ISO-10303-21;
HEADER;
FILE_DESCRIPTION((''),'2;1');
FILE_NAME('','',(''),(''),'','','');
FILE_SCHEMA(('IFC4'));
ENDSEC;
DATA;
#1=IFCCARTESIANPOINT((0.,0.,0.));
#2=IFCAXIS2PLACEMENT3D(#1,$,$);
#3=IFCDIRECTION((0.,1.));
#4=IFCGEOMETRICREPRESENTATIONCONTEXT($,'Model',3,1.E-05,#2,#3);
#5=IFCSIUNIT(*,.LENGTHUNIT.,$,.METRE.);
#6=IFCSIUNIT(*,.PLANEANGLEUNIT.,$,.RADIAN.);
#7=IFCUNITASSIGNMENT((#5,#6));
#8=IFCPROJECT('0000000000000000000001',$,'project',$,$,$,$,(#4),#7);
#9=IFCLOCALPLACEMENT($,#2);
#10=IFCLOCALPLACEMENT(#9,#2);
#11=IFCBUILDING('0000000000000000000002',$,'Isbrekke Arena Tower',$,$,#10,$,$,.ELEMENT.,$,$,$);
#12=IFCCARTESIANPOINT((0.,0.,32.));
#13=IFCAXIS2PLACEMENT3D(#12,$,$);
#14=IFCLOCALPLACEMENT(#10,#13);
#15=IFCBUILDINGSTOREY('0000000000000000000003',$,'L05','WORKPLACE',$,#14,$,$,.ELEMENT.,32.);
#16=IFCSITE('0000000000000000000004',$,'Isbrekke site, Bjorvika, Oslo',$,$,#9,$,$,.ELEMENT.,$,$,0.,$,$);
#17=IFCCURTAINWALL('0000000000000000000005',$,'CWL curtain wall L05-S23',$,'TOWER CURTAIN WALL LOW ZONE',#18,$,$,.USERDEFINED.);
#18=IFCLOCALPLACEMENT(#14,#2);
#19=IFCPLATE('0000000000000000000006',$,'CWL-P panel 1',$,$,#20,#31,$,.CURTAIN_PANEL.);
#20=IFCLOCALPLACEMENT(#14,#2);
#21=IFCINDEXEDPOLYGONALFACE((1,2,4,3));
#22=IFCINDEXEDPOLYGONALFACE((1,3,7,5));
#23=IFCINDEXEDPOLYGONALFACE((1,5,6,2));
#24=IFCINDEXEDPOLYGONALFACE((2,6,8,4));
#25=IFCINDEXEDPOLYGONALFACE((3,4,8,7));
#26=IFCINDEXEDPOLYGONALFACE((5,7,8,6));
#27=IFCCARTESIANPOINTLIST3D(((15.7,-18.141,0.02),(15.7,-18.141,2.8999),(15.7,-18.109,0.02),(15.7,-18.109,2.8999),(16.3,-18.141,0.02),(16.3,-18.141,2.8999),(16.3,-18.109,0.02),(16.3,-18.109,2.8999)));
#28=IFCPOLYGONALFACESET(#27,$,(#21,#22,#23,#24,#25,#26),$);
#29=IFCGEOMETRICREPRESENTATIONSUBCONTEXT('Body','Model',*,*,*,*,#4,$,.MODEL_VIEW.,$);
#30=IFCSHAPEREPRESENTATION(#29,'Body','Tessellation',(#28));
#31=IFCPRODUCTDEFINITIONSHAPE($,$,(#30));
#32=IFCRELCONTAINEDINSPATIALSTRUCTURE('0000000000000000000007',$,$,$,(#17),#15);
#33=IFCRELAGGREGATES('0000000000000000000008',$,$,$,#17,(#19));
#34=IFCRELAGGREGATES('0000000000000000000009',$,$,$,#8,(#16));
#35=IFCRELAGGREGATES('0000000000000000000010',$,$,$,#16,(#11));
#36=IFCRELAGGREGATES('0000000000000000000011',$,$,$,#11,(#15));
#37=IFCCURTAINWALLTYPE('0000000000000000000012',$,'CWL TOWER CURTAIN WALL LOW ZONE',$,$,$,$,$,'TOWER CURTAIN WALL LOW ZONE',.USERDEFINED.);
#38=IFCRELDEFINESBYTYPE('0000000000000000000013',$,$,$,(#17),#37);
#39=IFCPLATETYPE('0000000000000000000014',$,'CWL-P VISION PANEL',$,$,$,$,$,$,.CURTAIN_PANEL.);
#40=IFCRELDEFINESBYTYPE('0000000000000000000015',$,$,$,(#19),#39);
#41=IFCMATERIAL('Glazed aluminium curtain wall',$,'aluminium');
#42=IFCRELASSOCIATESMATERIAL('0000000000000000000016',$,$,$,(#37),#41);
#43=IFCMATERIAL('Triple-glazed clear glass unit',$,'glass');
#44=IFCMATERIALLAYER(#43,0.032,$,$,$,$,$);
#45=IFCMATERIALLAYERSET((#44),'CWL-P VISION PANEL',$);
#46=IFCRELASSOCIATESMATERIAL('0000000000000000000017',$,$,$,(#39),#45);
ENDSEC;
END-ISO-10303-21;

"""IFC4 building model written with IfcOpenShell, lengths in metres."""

from ifc_helpers import new_model, si_unit, direction, frame, origin, origin_2d, place, context, subcontext, project, spatial, rectangle, extrude, material, layer, layer_set, type_object, element, aggregate, save


model = new_model("IFC4")

# Units and contexts
model_context = context("Model", 3, precision=1e-05, world=origin(), true_north=direction((0.0, 1.0)))
body_context = subcontext(model_context, "Body", "Model", "MODEL_VIEW")
ifc_project = project(units=[si_unit("LENGTHUNIT", "METRE"), si_unit("PLANEANGLEUNIT", "RADIAN")], contexts=[model_context])

# Site, building, storey
site_placement = place(None, origin())
site = spatial("IfcSite", under=ifc_project, at=site_placement, Name="Isbrekke site, Bjorvika, Oslo", CompositionType="ELEMENT", RefElevation=0.0)
building_placement = place(site_placement, origin())
building = spatial("IfcBuilding", under=site, at=building_placement, Name="Isbrekke Arena Tower", CompositionType="ELEMENT")
storey_placement = place(building_placement, frame((0.0, 0.0, 32.0)))
storey = spatial("IfcBuildingStorey", under=building, at=storey_placement, Name="L05", Description="WORKPLACE", CompositionType="ELEMENT", Elevation=32.0)

# Shared definitions
ifc_material_1 = material(Name="Glazed aluminium curtain wall", Category="aluminium")
curtain_wall_type = type_object("IfcCurtainWallType", Name="CWL TOWER CURTAIN WALL LOW ZONE", ElementType="TOWER CURTAIN WALL LOW ZONE", PredefinedType="USERDEFINED", material=ifc_material_1)

# Curtain wall
curtain_wall_1_placement = place(storey_placement, origin())
curtain_wall_1 = element("IfcCurtainWall", 1, at=curtain_wall_1_placement, inside=storey, type_object=curtain_wall_type, Name="CWL curtain wall L05-S23", ObjectType="TOWER CURTAIN WALL LOW ZONE", PredefinedType="USERDEFINED")

# Plate
ifc_material_2 = material(Name="Triple-glazed clear glass unit", Category="glass")
ifc_layer = layer(ifc_material_2, 0.032)
ifc_layer_set = layer_set([ifc_layer], Name="CWL-P VISION PANEL")
plate_type = type_object("IfcPlateType", Name="CWL-P VISION PANEL", PredefinedType="CURTAIN_PANEL", material=ifc_layer_set)
plate_1_placement = place(storey_placement, frame((16.0, -18.125, 0.02), z_axis=(0.0, 0.0, 1.0), x_axis=(1.0, 0.0, 0.0)))
plate_1 = element("IfcPlate", 2, at=plate_1_placement, type_object=plate_type, Name="CWL-P panel 1", PredefinedType="CURTAIN_PANEL", context=body_context, shape_type="SweptSolid", body=[
    extrude(rectangle(XDim=0.6001, YDim=0.032, at=origin_2d()), origin(), (0.0, 0.0, 1.0), 2.8799),
])
aggregate(curtain_wall_1, [plate_1])

save(model, "model.ifc")
